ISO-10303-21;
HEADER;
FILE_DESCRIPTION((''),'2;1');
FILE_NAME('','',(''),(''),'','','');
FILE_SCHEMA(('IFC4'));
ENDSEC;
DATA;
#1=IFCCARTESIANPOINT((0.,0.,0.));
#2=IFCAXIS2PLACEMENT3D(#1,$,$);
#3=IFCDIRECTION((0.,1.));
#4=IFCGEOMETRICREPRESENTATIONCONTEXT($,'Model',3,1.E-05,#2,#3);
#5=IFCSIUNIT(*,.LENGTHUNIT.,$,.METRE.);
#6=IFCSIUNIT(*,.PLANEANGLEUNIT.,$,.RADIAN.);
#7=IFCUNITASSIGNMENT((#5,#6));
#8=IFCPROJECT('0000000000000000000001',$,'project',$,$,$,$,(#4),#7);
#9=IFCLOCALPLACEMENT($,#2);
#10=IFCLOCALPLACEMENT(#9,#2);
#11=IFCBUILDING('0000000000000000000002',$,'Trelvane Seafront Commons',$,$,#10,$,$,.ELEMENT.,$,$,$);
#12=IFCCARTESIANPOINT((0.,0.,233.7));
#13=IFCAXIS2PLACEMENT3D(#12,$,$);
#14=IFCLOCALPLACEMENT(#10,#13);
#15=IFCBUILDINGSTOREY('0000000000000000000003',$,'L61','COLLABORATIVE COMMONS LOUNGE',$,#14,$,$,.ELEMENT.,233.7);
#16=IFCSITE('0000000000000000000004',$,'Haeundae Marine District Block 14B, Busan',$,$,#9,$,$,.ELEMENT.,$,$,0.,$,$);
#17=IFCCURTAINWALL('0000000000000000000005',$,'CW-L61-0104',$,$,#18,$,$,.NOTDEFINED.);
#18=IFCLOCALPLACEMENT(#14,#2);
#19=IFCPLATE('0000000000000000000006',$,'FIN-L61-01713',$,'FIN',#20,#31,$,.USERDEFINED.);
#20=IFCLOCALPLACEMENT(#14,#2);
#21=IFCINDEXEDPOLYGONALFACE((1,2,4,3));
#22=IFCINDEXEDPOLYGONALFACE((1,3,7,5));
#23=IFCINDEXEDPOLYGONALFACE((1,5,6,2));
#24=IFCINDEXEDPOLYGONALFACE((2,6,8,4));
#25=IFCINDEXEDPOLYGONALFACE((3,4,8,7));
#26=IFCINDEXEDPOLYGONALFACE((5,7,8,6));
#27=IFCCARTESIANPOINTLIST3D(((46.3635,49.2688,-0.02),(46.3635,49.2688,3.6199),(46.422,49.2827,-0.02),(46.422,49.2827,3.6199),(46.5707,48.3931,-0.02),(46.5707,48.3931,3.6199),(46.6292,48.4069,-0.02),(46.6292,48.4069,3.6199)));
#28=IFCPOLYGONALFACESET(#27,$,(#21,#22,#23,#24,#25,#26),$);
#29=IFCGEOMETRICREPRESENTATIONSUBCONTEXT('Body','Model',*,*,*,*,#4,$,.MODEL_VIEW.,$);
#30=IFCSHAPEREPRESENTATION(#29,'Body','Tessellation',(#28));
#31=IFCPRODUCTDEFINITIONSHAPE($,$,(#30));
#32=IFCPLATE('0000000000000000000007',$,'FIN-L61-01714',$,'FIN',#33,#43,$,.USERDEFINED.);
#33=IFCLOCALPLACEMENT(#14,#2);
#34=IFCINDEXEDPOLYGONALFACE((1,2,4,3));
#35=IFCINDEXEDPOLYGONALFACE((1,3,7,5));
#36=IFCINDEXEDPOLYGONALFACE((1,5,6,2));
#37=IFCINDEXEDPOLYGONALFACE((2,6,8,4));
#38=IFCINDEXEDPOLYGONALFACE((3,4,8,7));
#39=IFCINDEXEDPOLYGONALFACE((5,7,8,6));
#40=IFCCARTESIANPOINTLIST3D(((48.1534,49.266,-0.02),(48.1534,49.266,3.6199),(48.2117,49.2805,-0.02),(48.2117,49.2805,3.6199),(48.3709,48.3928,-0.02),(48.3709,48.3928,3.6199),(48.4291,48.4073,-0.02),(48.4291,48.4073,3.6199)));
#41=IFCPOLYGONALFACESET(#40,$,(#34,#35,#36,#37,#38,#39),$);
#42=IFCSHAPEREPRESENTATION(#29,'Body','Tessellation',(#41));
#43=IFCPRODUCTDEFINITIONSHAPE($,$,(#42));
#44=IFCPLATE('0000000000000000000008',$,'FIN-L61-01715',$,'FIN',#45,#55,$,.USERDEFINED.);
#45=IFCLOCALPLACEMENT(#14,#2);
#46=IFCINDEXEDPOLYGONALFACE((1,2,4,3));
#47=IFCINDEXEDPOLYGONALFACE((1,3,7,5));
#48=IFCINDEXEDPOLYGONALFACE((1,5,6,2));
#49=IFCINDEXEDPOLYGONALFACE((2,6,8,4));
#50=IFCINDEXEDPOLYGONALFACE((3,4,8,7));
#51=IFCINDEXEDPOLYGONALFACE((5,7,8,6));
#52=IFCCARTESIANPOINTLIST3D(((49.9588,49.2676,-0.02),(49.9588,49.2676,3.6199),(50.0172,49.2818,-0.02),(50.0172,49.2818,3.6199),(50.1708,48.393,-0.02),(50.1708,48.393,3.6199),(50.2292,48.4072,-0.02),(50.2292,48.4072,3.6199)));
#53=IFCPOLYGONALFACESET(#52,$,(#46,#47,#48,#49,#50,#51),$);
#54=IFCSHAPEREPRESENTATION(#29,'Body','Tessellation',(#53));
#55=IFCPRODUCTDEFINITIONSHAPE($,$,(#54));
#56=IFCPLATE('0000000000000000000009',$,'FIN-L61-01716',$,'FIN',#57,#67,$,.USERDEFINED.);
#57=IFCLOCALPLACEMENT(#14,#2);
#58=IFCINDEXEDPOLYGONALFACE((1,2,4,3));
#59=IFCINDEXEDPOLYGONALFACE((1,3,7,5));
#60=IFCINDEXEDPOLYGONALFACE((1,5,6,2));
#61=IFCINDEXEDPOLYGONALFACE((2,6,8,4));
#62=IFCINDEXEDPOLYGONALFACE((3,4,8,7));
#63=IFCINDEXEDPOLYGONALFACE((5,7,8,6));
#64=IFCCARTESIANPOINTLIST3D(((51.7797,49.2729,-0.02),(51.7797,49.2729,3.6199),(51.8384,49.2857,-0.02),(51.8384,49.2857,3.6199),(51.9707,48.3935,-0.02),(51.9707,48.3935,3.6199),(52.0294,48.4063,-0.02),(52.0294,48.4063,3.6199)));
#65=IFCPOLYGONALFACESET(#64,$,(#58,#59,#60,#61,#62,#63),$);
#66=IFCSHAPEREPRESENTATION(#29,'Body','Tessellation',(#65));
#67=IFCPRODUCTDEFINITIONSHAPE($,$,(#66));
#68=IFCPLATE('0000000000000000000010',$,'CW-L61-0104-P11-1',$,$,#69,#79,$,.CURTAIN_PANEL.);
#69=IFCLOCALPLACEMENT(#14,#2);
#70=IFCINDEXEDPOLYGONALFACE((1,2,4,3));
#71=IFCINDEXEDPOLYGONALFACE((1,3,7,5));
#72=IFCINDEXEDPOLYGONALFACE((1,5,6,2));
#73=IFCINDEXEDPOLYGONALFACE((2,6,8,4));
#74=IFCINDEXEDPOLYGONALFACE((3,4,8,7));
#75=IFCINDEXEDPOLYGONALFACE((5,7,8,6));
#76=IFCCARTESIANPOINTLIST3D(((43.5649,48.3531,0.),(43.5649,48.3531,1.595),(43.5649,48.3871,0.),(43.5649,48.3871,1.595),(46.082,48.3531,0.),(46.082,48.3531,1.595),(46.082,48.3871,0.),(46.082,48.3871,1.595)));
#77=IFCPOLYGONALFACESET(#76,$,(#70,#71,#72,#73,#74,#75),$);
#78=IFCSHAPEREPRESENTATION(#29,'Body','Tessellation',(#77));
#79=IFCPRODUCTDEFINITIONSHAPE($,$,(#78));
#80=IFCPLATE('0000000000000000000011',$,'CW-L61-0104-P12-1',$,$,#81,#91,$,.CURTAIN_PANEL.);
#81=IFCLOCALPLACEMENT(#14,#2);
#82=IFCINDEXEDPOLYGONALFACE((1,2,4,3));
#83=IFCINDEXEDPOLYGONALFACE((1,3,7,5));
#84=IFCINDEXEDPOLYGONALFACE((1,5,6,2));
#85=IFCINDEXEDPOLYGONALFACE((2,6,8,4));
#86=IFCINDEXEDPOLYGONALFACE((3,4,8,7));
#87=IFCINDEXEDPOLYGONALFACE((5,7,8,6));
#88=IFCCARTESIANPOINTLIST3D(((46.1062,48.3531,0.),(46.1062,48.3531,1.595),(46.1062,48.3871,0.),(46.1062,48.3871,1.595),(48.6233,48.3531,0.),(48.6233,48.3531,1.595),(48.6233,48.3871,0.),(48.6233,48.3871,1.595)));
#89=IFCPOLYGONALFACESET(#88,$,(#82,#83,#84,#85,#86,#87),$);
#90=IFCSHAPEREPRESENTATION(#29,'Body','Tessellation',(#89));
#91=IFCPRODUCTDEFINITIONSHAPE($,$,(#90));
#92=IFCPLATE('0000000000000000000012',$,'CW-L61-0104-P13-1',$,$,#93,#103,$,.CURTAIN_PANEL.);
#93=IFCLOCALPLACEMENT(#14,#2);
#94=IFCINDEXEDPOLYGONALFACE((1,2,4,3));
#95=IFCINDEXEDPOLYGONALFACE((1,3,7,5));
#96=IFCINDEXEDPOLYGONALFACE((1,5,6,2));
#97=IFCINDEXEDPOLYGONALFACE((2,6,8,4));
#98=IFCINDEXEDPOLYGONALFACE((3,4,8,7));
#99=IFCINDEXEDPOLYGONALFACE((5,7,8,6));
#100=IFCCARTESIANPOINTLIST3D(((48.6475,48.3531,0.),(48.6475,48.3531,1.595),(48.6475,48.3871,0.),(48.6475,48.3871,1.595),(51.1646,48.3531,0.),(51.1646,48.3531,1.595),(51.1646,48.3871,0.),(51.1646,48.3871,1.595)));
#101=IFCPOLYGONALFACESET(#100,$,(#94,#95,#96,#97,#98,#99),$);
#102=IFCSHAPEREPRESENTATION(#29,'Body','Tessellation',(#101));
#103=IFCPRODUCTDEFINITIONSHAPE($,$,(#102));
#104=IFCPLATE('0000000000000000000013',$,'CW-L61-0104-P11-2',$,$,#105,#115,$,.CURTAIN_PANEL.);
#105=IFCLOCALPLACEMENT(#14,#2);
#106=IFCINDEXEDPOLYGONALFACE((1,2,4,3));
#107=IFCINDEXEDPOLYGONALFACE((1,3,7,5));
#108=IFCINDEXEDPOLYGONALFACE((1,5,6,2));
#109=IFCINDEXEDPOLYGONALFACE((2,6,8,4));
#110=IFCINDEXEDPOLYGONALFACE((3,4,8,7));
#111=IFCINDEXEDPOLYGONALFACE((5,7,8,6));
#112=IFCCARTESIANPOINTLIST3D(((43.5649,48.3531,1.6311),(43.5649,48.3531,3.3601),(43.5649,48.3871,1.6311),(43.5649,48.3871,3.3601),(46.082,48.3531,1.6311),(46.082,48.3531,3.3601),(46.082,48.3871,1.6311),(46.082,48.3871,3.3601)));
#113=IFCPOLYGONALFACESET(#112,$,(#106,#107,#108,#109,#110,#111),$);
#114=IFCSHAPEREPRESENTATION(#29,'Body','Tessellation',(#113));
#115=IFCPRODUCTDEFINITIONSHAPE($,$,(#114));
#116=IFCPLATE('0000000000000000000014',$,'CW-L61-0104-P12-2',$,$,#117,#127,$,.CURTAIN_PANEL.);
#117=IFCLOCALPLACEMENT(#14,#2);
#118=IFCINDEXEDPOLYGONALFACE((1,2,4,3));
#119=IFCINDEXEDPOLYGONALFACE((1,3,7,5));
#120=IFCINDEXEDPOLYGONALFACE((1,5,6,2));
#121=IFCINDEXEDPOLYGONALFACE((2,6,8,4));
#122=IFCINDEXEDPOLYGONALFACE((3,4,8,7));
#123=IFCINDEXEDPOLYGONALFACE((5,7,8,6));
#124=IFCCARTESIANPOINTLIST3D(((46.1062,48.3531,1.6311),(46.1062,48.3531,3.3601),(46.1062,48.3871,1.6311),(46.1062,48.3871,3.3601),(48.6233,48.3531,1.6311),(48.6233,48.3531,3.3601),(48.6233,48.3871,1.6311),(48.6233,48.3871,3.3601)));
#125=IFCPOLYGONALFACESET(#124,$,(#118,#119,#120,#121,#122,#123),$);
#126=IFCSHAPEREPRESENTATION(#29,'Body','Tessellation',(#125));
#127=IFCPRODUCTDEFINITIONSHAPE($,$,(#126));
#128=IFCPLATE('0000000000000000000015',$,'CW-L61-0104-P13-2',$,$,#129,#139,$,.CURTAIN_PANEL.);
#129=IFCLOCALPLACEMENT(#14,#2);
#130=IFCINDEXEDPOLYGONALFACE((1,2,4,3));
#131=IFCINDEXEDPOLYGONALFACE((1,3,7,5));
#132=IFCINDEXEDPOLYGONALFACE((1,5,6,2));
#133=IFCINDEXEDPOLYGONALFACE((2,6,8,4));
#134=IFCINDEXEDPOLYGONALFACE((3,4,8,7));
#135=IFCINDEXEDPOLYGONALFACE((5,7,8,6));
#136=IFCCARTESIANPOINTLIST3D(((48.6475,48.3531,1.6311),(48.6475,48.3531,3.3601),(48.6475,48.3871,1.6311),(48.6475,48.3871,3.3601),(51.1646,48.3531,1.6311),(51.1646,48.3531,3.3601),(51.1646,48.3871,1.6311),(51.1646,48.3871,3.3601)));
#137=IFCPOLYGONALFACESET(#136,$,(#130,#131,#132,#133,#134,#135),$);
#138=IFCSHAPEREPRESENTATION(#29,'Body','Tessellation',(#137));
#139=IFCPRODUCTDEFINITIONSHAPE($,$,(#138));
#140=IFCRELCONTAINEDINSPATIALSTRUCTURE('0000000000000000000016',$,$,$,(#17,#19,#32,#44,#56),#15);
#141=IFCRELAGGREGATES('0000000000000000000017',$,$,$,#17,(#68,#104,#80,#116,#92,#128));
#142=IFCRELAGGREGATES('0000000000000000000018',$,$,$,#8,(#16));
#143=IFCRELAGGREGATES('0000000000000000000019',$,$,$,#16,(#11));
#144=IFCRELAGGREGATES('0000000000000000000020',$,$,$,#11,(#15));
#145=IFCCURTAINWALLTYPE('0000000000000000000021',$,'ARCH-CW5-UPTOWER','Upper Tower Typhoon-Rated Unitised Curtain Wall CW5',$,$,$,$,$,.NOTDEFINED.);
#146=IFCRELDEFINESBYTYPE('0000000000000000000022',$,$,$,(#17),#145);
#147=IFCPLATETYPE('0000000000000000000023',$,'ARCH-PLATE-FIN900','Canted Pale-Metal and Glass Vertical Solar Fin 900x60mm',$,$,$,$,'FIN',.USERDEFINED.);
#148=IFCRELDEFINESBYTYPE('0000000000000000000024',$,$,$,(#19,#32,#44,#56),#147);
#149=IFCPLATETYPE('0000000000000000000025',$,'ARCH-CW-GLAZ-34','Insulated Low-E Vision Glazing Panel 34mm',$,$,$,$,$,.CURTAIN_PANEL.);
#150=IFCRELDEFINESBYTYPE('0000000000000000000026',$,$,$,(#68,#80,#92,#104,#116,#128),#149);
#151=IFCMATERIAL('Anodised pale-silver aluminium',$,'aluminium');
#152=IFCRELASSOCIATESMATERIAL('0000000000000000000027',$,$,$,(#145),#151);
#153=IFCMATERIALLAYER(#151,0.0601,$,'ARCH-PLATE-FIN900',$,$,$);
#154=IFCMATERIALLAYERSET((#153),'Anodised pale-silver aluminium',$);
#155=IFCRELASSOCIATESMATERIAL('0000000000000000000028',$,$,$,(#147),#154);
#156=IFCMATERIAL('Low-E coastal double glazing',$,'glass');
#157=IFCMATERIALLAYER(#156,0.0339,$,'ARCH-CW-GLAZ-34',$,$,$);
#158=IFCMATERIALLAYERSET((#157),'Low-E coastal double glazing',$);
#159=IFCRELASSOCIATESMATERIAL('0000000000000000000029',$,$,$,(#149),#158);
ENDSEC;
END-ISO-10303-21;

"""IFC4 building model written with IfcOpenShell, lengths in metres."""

from ifc_helpers import new_model, si_unit, direction, frame, origin, origin_2d, place, context, subcontext, project, spatial, rectangle, extrude, source, transform, mapped, material, layer, layer_set, type_object, element, aggregate, save


model = new_model("IFC4")

# Units and contexts
model_context = context("Model", 3, precision=1e-05, world=origin(), true_north=direction((0.0, 1.0)))
body_context = subcontext(model_context, "Body", "Model", "MODEL_VIEW")
ifc_project = project(units=[si_unit("LENGTHUNIT", "METRE"), si_unit("PLANEANGLEUNIT", "RADIAN")], contexts=[model_context])

# Site, building, storey
site_placement = place(None, origin())
site = spatial("IfcSite", under=ifc_project, at=site_placement, Name="Haeundae Marine District Block 14B, Busan", CompositionType="ELEMENT", RefElevation=0.0)
building_placement = place(site_placement, origin())
building = spatial("IfcBuilding", under=site, at=building_placement, Name="Trelvane Seafront Commons", CompositionType="ELEMENT")
storey_placement = place(building_placement, frame((0.0, 0.0, 233.7)))
storey = spatial("IfcBuildingStorey", under=building, at=storey_placement, Name="L61", Description="COLLABORATIVE COMMONS LOUNGE", CompositionType="ELEMENT", Elevation=233.7)

# Curtain wall
ifc_material_1 = material(Name="Anodised pale-silver aluminium", Category="aluminium")
curtain_wall_type = type_object("IfcCurtainWallType", Name="ARCH-CW5-UPTOWER", Description="Upper Tower Typhoon-Rated Unitised Curtain Wall CW5", PredefinedType="NOTDEFINED", material=ifc_material_1)
curtain_wall_placement = place(storey_placement, origin())
curtain_wall = element("IfcCurtainWall", 1, at=curtain_wall_placement, inside=storey, type_object=curtain_wall_type, Name="CW-L61-0104", PredefinedType="NOTDEFINED")

# Plates
ifc_layer_1 = layer(ifc_material_1, 0.0601, Name="ARCH-PLATE-FIN900")
ifc_layer_set_1 = layer_set([ifc_layer_1], Name="Anodised pale-silver aluminium")
plate_type_1 = type_object("IfcPlateType", Name="ARCH-PLATE-FIN900", Description="Canted Pale-Metal and Glass Vertical Solar Fin 900x60mm", ElementType="FIN", PredefinedType="USERDEFINED", material=ifc_layer_set_1)
shared_shape_1 = source(origin(), body_context, "Body", "SweptSolid", [
    extrude(rectangle(XDim=0.8999, YDim=0.0601, at=origin_2d()), origin(), (0.0, 0.0, 1.0), 3.6399),
])
for number, where, z_axis, x_axis, name in (
    (2, (46.4963, 48.8379, -0.02), (0.0, 0.0, 1.0), (-0.230228, 0.973137, 0.0), "FIN-L61-01713"),
    (3, (48.2913, 48.8367, -0.02), (0.0, 0.0, 1.0), (-0.241673, 0.970358, 0.0), "FIN-L61-01714"),
    (4, (50.094, 48.8374, -0.02), (0.0, 0.0, 1.0), (-0.235549, 0.971862, 0.0), "FIN-L61-01715"),
    (5, (51.9045, 48.8396, -0.02), (0.0, 0.0, 1.0), (-0.212222, 0.977221, 0.0), "FIN-L61-01716"),
):
    element("IfcPlate", number, at=place(storey_placement, frame(where, z_axis=z_axis, x_axis=x_axis)), inside=storey, type_object=plate_type_1, Name=name, ObjectType="FIN", PredefinedType="USERDEFINED", context=body_context, shape_type="MappedRepresentation", body=[
        mapped(shared_shape_1, transform((0.0, 0.0, 0.0), x_axis=(1.0, 0.0, 0.0), y_axis=(0.0, 1.0, 0.0), z_axis=(0.0, 0.0, 1.0), scale=1.0)),
    ])

# Plates
ifc_material_2 = material(Name="Low-E coastal double glazing", Category="glass")
ifc_layer_2 = layer(ifc_material_2, 0.0339, Name="ARCH-CW-GLAZ-34")
ifc_layer_set_2 = layer_set([ifc_layer_2], Name="Low-E coastal double glazing")
plate_type_2 = type_object("IfcPlateType", Name="ARCH-CW-GLAZ-34", Description="Insulated Low-E Vision Glazing Panel 34mm", PredefinedType="CURTAIN_PANEL", material=ifc_layer_set_2)
shared_shape_2 = source(origin(), body_context, "Body", "SweptSolid", [
    extrude(rectangle(XDim=2.5171, YDim=0.0339, at=origin_2d()), origin(), (0.0, 0.0, 1.0), 1.595),
])
plate_1_placement = place(storey_placement, frame((44.8235, 48.3701, 0.0), z_axis=(0.0, 0.0, 1.0), x_axis=(1.0, 0.0, 0.0)))
plate_1 = element("IfcPlate", 6, at=plate_1_placement, type_object=plate_type_2, Name="CW-L61-0104-P11-1", PredefinedType="CURTAIN_PANEL", context=body_context, shape_type="MappedRepresentation", body=[
    mapped(shared_shape_2, transform((0.0, 0.0, 0.0), x_axis=(1.0, 0.0, 0.0), y_axis=(0.0, 1.0, 0.0), z_axis=(0.0, 0.0, 1.0), scale=1.0)),
])
plate_2_placement = place(storey_placement, frame((47.3647, 48.3701, 0.0), z_axis=(0.0, 0.0, 1.0), x_axis=(1.0, 0.0, 0.0)))
plate_2 = element("IfcPlate", 7, at=plate_2_placement, type_object=plate_type_2, Name="CW-L61-0104-P12-1", PredefinedType="CURTAIN_PANEL", context=body_context, shape_type="MappedRepresentation", body=[
    mapped(shared_shape_2, transform((0.0, 0.0, 0.0), x_axis=(1.0, 0.0, 0.0), y_axis=(0.0, 1.0, 0.0), z_axis=(0.0, 0.0, 1.0), scale=1.0)),
])
plate_3_placement = place(storey_placement, frame((49.906, 48.3701, 0.0), z_axis=(0.0, 0.0, 1.0), x_axis=(1.0, 0.0, 0.0)))
plate_3 = element("IfcPlate", 8, at=plate_3_placement, type_object=plate_type_2, Name="CW-L61-0104-P13-1", PredefinedType="CURTAIN_PANEL", context=body_context, shape_type="MappedRepresentation", body=[
    mapped(shared_shape_2, transform((0.0, 0.0, 0.0), x_axis=(1.0, 0.0, 0.0), y_axis=(0.0, 1.0, 0.0), z_axis=(0.0, 0.0, 1.0), scale=1.0)),
])
shared_shape_3 = source(origin(), body_context, "Body", "SweptSolid", [
    extrude(rectangle(XDim=2.5171, YDim=0.0339, at=origin_2d()), origin(), (0.0, 0.0, 1.0), 1.729),
])
plate_4_placement = place(storey_placement, frame((44.8235, 48.3701, 1.6311), z_axis=(0.0, 0.0, 1.0), x_axis=(1.0, 0.0, 0.0)))
plate_4 = element("IfcPlate", 9, at=plate_4_placement, type_object=plate_type_2, Name="CW-L61-0104-P11-2", PredefinedType="CURTAIN_PANEL", context=body_context, shape_type="MappedRepresentation", body=[
    mapped(shared_shape_3, transform((0.0, 0.0, 0.0), x_axis=(1.0, 0.0, 0.0), y_axis=(0.0, 1.0, 0.0), z_axis=(0.0, 0.0, 1.0), scale=1.0)),
])
plate_5_placement = place(storey_placement, frame((47.3647, 48.3701, 1.6311), z_axis=(0.0, 0.0, 1.0), x_axis=(1.0, 0.0, 0.0)))
plate_5 = element("IfcPlate", 10, at=plate_5_placement, type_object=plate_type_2, Name="CW-L61-0104-P12-2", PredefinedType="CURTAIN_PANEL", context=body_context, shape_type="MappedRepresentation", body=[
    mapped(shared_shape_3, transform((0.0, 0.0, 0.0), x_axis=(1.0, 0.0, 0.0), y_axis=(0.0, 1.0, 0.0), z_axis=(0.0, 0.0, 1.0), scale=1.0)),
])
plate_6_placement = place(storey_placement, frame((49.906, 48.3701, 1.6311), z_axis=(0.0, 0.0, 1.0), x_axis=(1.0, 0.0, 0.0)))
plate_6 = element("IfcPlate", 11, at=plate_6_placement, type_object=plate_type_2, Name="CW-L61-0104-P13-2", PredefinedType="CURTAIN_PANEL", context=body_context, shape_type="MappedRepresentation", body=[
    mapped(shared_shape_3, transform((0.0, 0.0, 0.0), x_axis=(1.0, 0.0, 0.0), y_axis=(0.0, 1.0, 0.0), z_axis=(0.0, 0.0, 1.0), scale=1.0)),
])
aggregate(curtain_wall, [plate_1, plate_4, plate_2, plate_5, plate_3, plate_6])

save(model, "model.ifc")
